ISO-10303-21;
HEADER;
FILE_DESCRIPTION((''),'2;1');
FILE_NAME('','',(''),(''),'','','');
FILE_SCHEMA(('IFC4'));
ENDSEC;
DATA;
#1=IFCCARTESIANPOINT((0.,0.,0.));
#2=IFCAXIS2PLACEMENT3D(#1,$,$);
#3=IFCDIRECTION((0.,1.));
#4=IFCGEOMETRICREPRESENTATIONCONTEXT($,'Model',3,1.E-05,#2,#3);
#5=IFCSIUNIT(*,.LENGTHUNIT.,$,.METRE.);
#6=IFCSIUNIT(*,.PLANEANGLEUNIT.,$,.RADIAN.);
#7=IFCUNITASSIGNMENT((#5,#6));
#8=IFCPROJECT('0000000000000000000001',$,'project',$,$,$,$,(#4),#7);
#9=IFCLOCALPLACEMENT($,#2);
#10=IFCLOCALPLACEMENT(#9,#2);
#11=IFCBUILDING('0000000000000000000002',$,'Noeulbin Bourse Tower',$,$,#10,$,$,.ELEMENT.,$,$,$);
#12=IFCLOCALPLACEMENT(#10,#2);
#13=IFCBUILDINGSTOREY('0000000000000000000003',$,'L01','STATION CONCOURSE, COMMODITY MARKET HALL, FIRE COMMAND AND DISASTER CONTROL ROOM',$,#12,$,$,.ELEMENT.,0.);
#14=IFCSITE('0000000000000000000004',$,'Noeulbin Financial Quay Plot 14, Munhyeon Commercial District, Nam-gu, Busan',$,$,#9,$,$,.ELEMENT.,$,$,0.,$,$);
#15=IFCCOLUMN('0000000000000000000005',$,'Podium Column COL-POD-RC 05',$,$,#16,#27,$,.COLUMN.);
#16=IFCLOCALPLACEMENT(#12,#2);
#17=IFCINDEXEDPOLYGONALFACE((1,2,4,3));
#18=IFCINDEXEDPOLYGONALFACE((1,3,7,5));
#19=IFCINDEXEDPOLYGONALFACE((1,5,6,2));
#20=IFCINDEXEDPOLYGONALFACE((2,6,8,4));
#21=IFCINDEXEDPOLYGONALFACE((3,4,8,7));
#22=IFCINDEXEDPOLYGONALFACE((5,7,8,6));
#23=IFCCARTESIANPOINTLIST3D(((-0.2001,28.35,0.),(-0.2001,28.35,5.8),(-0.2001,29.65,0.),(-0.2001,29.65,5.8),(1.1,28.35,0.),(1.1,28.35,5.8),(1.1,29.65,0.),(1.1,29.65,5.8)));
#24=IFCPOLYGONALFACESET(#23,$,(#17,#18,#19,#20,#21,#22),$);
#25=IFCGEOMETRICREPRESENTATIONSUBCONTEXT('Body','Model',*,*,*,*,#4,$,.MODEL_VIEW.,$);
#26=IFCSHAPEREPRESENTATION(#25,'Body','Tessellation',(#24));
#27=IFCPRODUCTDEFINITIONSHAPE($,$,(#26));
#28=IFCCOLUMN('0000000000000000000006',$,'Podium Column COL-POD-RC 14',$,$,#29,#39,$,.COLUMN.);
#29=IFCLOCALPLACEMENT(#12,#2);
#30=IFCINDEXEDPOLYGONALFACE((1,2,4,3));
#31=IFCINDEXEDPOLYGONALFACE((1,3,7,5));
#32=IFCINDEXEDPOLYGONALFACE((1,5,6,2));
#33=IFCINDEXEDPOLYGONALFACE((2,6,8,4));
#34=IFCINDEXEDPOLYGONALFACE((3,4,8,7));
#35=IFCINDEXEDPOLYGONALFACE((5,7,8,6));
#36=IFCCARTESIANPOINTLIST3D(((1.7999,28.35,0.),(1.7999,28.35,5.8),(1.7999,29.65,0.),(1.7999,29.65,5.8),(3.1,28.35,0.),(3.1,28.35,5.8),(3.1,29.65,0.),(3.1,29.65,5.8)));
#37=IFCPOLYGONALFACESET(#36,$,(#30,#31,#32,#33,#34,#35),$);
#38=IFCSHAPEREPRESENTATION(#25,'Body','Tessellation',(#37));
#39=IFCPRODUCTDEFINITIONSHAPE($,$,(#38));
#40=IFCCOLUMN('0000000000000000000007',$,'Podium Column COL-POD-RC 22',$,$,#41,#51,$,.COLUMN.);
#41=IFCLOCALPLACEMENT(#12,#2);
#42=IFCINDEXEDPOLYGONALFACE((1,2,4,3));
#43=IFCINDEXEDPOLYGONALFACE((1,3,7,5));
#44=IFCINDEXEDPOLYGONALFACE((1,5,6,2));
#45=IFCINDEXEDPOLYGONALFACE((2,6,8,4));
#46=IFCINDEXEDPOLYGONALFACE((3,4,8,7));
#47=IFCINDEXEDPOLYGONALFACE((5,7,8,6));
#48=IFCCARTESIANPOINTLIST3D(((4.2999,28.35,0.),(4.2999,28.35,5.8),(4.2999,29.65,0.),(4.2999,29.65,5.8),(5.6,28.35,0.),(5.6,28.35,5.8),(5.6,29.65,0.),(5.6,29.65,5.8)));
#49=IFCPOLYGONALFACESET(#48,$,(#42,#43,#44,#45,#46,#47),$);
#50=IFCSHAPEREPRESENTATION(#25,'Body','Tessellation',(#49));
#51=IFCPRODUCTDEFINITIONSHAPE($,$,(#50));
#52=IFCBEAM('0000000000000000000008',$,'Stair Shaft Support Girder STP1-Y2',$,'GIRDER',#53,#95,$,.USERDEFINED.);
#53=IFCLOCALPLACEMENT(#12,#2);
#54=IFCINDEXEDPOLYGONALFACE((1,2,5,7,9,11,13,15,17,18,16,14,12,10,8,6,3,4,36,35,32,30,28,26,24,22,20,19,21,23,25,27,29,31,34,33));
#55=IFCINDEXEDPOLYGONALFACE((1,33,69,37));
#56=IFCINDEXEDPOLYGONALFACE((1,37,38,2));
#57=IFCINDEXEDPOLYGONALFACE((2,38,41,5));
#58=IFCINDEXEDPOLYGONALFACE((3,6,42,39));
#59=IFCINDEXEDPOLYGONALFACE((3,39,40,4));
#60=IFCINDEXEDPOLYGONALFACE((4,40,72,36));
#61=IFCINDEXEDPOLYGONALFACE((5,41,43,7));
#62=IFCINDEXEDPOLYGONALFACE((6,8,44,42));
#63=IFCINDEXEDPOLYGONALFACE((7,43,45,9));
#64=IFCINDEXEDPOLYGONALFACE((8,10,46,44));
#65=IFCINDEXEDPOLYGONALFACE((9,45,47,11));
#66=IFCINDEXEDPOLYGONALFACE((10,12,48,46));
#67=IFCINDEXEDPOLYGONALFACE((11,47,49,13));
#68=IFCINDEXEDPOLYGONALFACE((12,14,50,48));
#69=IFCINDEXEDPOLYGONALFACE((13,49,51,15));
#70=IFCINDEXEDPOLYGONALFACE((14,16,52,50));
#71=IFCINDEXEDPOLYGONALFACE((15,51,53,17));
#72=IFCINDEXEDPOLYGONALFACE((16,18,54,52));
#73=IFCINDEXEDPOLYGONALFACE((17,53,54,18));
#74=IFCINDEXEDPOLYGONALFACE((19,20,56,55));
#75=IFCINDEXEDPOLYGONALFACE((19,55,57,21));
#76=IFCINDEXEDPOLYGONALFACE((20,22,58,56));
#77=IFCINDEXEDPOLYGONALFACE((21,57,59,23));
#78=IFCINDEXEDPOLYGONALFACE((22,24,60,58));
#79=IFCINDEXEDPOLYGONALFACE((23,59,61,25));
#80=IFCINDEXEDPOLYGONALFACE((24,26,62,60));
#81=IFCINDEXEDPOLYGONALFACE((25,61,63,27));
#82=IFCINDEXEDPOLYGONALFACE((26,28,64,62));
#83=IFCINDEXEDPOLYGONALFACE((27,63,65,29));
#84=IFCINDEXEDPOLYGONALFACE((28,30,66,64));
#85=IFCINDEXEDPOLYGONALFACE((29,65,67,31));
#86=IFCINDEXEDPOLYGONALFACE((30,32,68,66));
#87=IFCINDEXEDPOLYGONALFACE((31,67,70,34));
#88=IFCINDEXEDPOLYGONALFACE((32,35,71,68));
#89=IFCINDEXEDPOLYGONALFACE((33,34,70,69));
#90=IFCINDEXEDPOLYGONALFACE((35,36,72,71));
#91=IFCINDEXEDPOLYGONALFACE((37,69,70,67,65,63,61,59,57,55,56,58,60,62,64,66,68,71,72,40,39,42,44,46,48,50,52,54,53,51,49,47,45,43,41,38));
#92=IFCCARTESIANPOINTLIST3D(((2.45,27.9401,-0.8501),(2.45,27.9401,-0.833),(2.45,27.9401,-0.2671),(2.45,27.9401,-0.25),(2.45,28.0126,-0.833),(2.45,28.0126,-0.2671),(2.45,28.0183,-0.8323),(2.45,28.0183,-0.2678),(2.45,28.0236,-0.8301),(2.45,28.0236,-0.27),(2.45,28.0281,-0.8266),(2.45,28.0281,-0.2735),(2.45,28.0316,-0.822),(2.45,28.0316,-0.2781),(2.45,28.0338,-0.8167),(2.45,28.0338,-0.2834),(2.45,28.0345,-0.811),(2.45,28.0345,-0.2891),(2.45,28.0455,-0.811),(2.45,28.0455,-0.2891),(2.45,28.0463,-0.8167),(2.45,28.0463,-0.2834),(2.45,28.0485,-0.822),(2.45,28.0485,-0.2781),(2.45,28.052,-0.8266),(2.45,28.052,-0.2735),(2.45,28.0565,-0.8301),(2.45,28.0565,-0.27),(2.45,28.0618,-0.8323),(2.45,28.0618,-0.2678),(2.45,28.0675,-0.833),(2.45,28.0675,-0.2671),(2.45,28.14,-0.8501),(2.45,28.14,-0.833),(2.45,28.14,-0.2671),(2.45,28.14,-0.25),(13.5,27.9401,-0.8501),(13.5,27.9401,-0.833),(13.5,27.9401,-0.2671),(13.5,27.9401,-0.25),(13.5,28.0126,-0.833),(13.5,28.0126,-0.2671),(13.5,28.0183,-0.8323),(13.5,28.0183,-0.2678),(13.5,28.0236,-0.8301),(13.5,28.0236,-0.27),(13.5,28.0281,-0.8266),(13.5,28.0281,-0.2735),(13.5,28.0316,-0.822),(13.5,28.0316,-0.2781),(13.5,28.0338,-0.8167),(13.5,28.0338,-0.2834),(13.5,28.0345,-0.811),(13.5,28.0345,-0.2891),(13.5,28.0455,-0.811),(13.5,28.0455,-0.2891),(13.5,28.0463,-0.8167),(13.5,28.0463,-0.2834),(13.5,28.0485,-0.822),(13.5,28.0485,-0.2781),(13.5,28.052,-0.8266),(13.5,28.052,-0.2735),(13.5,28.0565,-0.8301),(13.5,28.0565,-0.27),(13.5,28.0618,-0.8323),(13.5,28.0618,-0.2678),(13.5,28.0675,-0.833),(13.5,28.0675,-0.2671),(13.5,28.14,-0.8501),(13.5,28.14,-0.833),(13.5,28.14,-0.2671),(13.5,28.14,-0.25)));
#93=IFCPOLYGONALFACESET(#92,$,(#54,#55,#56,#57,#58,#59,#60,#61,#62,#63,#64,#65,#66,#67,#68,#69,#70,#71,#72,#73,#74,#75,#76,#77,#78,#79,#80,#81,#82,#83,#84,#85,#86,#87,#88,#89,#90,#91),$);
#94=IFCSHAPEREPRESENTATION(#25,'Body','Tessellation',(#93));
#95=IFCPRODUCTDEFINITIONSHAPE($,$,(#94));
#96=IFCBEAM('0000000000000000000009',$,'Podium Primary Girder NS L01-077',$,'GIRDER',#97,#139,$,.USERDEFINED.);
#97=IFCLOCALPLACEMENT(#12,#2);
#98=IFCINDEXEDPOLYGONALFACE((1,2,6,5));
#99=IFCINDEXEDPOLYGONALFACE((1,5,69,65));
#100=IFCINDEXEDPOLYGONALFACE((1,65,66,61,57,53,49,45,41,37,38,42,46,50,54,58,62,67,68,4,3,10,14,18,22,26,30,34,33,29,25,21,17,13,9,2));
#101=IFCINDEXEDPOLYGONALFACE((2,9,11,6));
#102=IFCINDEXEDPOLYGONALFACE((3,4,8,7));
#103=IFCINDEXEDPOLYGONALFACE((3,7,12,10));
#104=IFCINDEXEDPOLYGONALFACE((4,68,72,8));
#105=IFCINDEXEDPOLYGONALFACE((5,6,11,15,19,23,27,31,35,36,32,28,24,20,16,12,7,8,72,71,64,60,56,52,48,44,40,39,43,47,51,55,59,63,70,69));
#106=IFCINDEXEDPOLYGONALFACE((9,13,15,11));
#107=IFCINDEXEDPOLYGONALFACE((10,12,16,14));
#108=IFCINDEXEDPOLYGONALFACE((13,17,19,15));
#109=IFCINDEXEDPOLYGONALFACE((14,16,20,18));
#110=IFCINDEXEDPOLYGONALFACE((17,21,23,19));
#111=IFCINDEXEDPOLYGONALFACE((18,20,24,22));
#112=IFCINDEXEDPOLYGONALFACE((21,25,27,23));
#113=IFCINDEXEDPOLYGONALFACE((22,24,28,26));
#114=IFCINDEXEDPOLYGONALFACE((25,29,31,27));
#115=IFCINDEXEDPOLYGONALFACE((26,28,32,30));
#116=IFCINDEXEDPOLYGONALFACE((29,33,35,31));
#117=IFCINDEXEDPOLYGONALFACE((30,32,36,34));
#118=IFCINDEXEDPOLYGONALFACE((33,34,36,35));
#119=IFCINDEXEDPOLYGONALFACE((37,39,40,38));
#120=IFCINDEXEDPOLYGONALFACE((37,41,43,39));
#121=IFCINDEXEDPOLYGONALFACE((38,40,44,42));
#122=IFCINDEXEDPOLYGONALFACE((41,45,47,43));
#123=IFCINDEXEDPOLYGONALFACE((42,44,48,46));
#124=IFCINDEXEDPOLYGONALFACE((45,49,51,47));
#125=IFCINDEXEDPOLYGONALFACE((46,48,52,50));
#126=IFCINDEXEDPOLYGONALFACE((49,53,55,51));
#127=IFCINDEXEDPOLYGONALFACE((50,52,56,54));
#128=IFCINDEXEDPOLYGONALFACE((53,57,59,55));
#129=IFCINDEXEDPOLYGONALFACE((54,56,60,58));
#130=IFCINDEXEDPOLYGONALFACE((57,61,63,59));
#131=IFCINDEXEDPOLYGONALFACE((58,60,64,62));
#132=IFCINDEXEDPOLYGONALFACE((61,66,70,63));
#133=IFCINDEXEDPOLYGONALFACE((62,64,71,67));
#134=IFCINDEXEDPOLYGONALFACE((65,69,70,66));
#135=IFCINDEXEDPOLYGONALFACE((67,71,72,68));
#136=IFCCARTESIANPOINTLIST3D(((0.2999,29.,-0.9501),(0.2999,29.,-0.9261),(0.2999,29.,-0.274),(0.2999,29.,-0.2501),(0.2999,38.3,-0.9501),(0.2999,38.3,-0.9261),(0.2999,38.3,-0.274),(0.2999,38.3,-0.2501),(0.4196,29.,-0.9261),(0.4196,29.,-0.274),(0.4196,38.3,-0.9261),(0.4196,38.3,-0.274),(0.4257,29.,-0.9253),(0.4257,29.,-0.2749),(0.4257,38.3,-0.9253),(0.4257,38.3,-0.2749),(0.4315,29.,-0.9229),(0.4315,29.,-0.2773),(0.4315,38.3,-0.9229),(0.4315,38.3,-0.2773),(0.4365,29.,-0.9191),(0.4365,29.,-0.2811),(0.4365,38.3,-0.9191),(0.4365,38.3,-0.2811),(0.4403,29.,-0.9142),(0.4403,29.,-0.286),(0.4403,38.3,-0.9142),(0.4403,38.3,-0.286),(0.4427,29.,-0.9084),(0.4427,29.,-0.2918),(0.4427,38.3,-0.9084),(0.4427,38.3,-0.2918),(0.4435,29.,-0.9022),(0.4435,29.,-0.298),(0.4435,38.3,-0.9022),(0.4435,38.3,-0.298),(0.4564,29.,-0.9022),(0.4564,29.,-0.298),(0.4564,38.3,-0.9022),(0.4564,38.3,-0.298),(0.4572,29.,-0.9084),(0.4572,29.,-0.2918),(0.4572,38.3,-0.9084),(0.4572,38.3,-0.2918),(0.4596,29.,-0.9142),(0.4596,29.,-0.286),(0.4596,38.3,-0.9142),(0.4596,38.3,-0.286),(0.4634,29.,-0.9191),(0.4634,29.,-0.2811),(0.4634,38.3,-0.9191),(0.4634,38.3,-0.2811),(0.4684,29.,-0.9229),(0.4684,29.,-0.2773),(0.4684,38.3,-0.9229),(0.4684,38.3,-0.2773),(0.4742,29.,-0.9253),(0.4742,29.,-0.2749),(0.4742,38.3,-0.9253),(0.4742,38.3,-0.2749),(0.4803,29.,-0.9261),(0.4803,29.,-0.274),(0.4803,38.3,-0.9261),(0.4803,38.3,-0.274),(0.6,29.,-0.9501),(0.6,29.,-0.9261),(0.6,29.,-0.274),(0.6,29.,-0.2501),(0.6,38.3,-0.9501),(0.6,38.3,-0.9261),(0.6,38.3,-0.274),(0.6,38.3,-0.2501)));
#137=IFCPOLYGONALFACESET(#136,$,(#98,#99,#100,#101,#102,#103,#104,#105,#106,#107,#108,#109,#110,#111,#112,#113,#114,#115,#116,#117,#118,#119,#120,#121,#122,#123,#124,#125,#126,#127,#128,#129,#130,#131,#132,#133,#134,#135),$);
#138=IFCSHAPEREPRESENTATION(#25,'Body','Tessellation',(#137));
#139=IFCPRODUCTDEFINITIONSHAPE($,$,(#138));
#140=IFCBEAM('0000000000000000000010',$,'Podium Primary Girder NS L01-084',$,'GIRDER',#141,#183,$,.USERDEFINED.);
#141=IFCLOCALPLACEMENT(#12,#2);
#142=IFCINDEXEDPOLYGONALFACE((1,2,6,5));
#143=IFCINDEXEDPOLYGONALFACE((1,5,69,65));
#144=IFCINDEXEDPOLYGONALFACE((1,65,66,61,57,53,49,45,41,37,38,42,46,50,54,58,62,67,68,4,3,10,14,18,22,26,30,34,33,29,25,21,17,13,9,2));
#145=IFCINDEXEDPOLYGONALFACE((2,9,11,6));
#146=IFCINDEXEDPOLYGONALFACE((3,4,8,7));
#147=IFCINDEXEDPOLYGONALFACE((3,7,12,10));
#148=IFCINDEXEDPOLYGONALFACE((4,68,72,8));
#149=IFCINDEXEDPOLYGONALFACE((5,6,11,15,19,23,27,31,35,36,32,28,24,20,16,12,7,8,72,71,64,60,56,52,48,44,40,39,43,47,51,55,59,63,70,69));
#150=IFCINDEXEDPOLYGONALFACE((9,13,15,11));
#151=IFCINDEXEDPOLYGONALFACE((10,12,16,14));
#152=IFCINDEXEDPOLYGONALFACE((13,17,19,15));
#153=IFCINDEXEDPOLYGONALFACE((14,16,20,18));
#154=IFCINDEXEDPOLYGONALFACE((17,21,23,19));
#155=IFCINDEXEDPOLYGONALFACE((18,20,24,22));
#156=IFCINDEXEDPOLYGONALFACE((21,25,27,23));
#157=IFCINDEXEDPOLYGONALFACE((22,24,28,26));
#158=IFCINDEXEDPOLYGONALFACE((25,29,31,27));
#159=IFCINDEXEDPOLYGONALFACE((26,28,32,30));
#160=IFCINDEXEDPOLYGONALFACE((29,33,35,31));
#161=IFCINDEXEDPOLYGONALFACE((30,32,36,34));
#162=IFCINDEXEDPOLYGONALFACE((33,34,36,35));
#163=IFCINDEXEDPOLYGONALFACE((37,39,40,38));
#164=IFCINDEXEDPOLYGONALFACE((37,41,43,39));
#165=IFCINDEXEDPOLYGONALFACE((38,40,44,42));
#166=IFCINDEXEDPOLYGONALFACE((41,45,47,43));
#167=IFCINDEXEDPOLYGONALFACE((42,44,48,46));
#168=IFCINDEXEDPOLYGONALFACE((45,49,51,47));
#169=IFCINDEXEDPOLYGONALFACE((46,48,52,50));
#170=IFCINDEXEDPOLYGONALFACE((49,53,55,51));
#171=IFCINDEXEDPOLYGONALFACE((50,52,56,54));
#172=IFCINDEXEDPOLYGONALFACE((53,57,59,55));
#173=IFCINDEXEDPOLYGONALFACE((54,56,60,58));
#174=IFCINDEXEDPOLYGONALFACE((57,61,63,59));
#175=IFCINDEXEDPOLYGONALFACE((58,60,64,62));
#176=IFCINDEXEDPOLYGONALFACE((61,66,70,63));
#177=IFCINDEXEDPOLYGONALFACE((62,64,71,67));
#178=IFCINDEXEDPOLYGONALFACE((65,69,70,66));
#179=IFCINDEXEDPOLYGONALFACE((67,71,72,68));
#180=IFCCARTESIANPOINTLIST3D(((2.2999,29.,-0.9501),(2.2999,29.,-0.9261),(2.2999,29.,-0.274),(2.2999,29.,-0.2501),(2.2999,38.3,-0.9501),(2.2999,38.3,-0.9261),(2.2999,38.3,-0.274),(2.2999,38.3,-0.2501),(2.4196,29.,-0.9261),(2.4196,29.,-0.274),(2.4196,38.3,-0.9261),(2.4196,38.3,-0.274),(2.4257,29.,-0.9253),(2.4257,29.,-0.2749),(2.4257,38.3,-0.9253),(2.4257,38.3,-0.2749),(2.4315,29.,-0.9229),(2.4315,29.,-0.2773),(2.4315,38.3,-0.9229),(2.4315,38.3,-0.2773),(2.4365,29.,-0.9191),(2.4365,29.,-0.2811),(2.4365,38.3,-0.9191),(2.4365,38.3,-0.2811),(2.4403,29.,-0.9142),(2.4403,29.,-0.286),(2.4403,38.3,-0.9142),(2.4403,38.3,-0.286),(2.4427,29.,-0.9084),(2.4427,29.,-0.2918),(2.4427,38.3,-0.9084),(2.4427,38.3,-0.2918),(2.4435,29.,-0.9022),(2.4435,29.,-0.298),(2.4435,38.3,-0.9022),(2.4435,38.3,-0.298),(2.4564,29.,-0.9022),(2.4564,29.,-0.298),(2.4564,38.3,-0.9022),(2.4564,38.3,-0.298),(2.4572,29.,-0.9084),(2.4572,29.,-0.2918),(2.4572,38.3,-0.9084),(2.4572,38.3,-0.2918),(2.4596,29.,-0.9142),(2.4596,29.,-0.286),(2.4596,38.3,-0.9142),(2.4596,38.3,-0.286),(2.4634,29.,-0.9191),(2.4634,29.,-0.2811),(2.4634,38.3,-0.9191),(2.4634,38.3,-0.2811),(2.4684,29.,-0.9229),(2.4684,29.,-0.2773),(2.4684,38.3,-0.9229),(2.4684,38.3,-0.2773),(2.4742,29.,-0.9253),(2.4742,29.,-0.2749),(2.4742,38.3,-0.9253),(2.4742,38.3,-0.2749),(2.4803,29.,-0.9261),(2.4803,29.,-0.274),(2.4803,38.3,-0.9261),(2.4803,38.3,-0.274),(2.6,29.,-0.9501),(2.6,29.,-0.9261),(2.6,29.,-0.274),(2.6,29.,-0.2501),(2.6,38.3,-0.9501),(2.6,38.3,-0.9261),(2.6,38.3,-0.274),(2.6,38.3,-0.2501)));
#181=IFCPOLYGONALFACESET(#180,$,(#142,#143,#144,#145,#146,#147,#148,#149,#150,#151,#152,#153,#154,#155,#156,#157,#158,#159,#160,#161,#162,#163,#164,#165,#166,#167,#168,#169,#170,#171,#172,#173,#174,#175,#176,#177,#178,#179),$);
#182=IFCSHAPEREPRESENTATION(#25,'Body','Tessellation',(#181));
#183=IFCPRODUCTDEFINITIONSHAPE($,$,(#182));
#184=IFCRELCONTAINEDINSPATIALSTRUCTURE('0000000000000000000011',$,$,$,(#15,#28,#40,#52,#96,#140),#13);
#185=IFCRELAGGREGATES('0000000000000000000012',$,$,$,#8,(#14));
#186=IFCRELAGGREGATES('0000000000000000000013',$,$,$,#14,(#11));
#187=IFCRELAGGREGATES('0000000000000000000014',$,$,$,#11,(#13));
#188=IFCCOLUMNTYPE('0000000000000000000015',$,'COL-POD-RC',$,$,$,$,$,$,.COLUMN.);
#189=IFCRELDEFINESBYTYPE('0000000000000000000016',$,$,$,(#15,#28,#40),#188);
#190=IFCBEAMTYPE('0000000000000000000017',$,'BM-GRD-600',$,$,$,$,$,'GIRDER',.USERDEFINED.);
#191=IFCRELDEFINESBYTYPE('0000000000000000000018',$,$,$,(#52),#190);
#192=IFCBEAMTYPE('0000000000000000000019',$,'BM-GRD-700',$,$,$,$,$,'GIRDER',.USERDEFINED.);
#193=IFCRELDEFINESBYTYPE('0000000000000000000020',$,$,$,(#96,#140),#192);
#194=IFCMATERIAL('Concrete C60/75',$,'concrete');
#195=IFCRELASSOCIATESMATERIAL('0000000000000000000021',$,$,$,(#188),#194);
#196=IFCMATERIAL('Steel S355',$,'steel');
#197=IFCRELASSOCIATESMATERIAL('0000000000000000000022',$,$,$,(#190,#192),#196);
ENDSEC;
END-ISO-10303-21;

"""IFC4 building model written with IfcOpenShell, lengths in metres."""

from ifc_helpers import new_model, si_unit, direction, frame, origin, origin_2d, place, context, subcontext, project, spatial, rectangle, i_section, extrude, material, material_profile, profile_set, type_object, element, save


model = new_model("IFC4")

# Units and contexts
model_context = context("Model", 3, precision=1e-05, world=origin(), true_north=direction((0.0, 1.0)))
body_context = subcontext(model_context, "Body", "Model", "MODEL_VIEW")
ifc_project = project(units=[si_unit("LENGTHUNIT", "METRE"), si_unit("PLANEANGLEUNIT", "RADIAN")], contexts=[model_context])

# Site, building, storey
site_placement = place(None, origin())
site = spatial("IfcSite", under=ifc_project, at=site_placement, Name="Noeulbin Financial Quay Plot 14, Munhyeon Commercial District, Nam-gu, Busan", CompositionType="ELEMENT", RefElevation=0.0)
building_placement = place(site_placement, origin())
building = spatial("IfcBuilding", under=site, at=building_placement, Name="Noeulbin Bourse Tower", CompositionType="ELEMENT")
storey_placement = place(building_placement, origin())
storey = spatial("IfcBuildingStorey", under=building, at=storey_placement, Name="L01", Description="STATION CONCOURSE, COMMODITY MARKET HALL, FIRE COMMAND AND DISASTER CONTROL ROOM", CompositionType="ELEMENT", Elevation=0.0)

# Columns
ifc_material_1 = material(Name="Concrete C60/75", Category="concrete")
ifc_material_profile_1 = material_profile(ifc_material_1, rectangle(XDim=1.3, YDim=1.3, at=origin_2d()), Name="RC-COL-1300x1300", Category="LoadBearing")
ifc_profile_set_1 = profile_set([ifc_material_profile_1], Name="Concrete C60/75")
column_type = type_object("IfcColumnType", Name="COL-POD-RC", PredefinedType="COLUMN", material=ifc_profile_set_1)
for number, where, z_axis, x_axis, name in (
    (1, (0.45, 29.0, 0.0), (0.0, 0.0, 1.0), (1.0, 0.0, 0.0), "Podium Column COL-POD-RC 05"),
    (2, (2.45, 29.0, 0.0), (0.0, 0.0, 1.0), (1.0, 0.0, 0.0), "Podium Column COL-POD-RC 14"),
    (3, (4.95, 29.0, 0.0), (0.0, 0.0, 1.0), (1.0, 0.0, 0.0), "Podium Column COL-POD-RC 22"),
):
    element("IfcColumn", number, at=place(storey_placement, frame(where, z_axis=z_axis, x_axis=x_axis)), inside=storey, type_object=column_type, Name=name, PredefinedType="COLUMN", context=body_context, shape_type="SweptSolid", body=[
        extrude(rectangle(XDim=1.3, YDim=1.3, at=origin_2d()), origin(), (0.0, 0.0, 1.0), 5.8),
    ])

# Beams
ifc_material_2 = material(Name="Steel S355", Category="steel")
ifc_material_profile_2 = material_profile(ifc_material_2, i_section(OverallWidth=0.2, OverallDepth=0.6001, WebThickness=0.011, FlangeThickness=0.0171, FilletRadius=0.022, at=origin_2d()), Name="H-600x200x11x17", Category="LoadBearing")
ifc_profile_set_2 = profile_set([ifc_material_profile_2], Name="Steel S355")
beam_type_1 = type_object("IfcBeamType", Name="BM-GRD-600", ElementType="GIRDER", PredefinedType="USERDEFINED", material=ifc_profile_set_2)
beam_1_placement = place(storey_placement, frame((2.45, 28.04, -0.55), z_axis=(1.0, 0.0, 0.0), x_axis=(0.0, 1.0, 0.0)))
element("IfcBeam", 4, at=beam_1_placement, inside=storey, type_object=beam_type_1, Name="Stair Shaft Support Girder STP1-Y2", ObjectType="GIRDER", PredefinedType="USERDEFINED", context=body_context, shape_type="SweptSolid", body=[
    extrude(i_section(OverallWidth=0.2, OverallDepth=0.6001, WebThickness=0.011, FlangeThickness=0.0171, FilletRadius=0.022, at=origin_2d()), origin(), (0.0, 0.0, 1.0), 11.05),
])
ifc_material_profile_3 = material_profile(ifc_material_2, i_section(OverallWidth=0.3, OverallDepth=0.7, WebThickness=0.0129, FlangeThickness=0.0239, FilletRadius=0.0239, at=origin_2d()), Name="H-700x300x13x24", Category="LoadBearing")
ifc_profile_set_3 = profile_set([ifc_material_profile_3], Name="Steel S355")
beam_type_2 = type_object("IfcBeamType", Name="BM-GRD-700", ElementType="GIRDER", PredefinedType="USERDEFINED", material=ifc_profile_set_3)
for number, where, z_axis, x_axis, name in (
    (5, (0.45, 29.0, -0.6001), (0.0, 1.0, 0.0), (-1.0, 0.0, 0.0), "Podium Primary Girder NS L01-077"),
    (6, (2.45, 29.0, -0.6001), (0.0, 1.0, 0.0), (-1.0, 0.0, 0.0), "Podium Primary Girder NS L01-084"),
):
    element("IfcBeam", number, at=place(storey_placement, frame(where, z_axis=z_axis, x_axis=x_axis)), inside=storey, type_object=beam_type_2, Name=name, ObjectType="GIRDER", PredefinedType="USERDEFINED", context=body_context, shape_type="SweptSolid", body=[
        extrude(i_section(OverallWidth=0.3, OverallDepth=0.7, WebThickness=0.0129, FlangeThickness=0.0239, FilletRadius=0.0239, at=origin_2d()), origin(), (0.0, 0.0, 1.0), 9.3),
    ])

save(model, "model.ifc")
